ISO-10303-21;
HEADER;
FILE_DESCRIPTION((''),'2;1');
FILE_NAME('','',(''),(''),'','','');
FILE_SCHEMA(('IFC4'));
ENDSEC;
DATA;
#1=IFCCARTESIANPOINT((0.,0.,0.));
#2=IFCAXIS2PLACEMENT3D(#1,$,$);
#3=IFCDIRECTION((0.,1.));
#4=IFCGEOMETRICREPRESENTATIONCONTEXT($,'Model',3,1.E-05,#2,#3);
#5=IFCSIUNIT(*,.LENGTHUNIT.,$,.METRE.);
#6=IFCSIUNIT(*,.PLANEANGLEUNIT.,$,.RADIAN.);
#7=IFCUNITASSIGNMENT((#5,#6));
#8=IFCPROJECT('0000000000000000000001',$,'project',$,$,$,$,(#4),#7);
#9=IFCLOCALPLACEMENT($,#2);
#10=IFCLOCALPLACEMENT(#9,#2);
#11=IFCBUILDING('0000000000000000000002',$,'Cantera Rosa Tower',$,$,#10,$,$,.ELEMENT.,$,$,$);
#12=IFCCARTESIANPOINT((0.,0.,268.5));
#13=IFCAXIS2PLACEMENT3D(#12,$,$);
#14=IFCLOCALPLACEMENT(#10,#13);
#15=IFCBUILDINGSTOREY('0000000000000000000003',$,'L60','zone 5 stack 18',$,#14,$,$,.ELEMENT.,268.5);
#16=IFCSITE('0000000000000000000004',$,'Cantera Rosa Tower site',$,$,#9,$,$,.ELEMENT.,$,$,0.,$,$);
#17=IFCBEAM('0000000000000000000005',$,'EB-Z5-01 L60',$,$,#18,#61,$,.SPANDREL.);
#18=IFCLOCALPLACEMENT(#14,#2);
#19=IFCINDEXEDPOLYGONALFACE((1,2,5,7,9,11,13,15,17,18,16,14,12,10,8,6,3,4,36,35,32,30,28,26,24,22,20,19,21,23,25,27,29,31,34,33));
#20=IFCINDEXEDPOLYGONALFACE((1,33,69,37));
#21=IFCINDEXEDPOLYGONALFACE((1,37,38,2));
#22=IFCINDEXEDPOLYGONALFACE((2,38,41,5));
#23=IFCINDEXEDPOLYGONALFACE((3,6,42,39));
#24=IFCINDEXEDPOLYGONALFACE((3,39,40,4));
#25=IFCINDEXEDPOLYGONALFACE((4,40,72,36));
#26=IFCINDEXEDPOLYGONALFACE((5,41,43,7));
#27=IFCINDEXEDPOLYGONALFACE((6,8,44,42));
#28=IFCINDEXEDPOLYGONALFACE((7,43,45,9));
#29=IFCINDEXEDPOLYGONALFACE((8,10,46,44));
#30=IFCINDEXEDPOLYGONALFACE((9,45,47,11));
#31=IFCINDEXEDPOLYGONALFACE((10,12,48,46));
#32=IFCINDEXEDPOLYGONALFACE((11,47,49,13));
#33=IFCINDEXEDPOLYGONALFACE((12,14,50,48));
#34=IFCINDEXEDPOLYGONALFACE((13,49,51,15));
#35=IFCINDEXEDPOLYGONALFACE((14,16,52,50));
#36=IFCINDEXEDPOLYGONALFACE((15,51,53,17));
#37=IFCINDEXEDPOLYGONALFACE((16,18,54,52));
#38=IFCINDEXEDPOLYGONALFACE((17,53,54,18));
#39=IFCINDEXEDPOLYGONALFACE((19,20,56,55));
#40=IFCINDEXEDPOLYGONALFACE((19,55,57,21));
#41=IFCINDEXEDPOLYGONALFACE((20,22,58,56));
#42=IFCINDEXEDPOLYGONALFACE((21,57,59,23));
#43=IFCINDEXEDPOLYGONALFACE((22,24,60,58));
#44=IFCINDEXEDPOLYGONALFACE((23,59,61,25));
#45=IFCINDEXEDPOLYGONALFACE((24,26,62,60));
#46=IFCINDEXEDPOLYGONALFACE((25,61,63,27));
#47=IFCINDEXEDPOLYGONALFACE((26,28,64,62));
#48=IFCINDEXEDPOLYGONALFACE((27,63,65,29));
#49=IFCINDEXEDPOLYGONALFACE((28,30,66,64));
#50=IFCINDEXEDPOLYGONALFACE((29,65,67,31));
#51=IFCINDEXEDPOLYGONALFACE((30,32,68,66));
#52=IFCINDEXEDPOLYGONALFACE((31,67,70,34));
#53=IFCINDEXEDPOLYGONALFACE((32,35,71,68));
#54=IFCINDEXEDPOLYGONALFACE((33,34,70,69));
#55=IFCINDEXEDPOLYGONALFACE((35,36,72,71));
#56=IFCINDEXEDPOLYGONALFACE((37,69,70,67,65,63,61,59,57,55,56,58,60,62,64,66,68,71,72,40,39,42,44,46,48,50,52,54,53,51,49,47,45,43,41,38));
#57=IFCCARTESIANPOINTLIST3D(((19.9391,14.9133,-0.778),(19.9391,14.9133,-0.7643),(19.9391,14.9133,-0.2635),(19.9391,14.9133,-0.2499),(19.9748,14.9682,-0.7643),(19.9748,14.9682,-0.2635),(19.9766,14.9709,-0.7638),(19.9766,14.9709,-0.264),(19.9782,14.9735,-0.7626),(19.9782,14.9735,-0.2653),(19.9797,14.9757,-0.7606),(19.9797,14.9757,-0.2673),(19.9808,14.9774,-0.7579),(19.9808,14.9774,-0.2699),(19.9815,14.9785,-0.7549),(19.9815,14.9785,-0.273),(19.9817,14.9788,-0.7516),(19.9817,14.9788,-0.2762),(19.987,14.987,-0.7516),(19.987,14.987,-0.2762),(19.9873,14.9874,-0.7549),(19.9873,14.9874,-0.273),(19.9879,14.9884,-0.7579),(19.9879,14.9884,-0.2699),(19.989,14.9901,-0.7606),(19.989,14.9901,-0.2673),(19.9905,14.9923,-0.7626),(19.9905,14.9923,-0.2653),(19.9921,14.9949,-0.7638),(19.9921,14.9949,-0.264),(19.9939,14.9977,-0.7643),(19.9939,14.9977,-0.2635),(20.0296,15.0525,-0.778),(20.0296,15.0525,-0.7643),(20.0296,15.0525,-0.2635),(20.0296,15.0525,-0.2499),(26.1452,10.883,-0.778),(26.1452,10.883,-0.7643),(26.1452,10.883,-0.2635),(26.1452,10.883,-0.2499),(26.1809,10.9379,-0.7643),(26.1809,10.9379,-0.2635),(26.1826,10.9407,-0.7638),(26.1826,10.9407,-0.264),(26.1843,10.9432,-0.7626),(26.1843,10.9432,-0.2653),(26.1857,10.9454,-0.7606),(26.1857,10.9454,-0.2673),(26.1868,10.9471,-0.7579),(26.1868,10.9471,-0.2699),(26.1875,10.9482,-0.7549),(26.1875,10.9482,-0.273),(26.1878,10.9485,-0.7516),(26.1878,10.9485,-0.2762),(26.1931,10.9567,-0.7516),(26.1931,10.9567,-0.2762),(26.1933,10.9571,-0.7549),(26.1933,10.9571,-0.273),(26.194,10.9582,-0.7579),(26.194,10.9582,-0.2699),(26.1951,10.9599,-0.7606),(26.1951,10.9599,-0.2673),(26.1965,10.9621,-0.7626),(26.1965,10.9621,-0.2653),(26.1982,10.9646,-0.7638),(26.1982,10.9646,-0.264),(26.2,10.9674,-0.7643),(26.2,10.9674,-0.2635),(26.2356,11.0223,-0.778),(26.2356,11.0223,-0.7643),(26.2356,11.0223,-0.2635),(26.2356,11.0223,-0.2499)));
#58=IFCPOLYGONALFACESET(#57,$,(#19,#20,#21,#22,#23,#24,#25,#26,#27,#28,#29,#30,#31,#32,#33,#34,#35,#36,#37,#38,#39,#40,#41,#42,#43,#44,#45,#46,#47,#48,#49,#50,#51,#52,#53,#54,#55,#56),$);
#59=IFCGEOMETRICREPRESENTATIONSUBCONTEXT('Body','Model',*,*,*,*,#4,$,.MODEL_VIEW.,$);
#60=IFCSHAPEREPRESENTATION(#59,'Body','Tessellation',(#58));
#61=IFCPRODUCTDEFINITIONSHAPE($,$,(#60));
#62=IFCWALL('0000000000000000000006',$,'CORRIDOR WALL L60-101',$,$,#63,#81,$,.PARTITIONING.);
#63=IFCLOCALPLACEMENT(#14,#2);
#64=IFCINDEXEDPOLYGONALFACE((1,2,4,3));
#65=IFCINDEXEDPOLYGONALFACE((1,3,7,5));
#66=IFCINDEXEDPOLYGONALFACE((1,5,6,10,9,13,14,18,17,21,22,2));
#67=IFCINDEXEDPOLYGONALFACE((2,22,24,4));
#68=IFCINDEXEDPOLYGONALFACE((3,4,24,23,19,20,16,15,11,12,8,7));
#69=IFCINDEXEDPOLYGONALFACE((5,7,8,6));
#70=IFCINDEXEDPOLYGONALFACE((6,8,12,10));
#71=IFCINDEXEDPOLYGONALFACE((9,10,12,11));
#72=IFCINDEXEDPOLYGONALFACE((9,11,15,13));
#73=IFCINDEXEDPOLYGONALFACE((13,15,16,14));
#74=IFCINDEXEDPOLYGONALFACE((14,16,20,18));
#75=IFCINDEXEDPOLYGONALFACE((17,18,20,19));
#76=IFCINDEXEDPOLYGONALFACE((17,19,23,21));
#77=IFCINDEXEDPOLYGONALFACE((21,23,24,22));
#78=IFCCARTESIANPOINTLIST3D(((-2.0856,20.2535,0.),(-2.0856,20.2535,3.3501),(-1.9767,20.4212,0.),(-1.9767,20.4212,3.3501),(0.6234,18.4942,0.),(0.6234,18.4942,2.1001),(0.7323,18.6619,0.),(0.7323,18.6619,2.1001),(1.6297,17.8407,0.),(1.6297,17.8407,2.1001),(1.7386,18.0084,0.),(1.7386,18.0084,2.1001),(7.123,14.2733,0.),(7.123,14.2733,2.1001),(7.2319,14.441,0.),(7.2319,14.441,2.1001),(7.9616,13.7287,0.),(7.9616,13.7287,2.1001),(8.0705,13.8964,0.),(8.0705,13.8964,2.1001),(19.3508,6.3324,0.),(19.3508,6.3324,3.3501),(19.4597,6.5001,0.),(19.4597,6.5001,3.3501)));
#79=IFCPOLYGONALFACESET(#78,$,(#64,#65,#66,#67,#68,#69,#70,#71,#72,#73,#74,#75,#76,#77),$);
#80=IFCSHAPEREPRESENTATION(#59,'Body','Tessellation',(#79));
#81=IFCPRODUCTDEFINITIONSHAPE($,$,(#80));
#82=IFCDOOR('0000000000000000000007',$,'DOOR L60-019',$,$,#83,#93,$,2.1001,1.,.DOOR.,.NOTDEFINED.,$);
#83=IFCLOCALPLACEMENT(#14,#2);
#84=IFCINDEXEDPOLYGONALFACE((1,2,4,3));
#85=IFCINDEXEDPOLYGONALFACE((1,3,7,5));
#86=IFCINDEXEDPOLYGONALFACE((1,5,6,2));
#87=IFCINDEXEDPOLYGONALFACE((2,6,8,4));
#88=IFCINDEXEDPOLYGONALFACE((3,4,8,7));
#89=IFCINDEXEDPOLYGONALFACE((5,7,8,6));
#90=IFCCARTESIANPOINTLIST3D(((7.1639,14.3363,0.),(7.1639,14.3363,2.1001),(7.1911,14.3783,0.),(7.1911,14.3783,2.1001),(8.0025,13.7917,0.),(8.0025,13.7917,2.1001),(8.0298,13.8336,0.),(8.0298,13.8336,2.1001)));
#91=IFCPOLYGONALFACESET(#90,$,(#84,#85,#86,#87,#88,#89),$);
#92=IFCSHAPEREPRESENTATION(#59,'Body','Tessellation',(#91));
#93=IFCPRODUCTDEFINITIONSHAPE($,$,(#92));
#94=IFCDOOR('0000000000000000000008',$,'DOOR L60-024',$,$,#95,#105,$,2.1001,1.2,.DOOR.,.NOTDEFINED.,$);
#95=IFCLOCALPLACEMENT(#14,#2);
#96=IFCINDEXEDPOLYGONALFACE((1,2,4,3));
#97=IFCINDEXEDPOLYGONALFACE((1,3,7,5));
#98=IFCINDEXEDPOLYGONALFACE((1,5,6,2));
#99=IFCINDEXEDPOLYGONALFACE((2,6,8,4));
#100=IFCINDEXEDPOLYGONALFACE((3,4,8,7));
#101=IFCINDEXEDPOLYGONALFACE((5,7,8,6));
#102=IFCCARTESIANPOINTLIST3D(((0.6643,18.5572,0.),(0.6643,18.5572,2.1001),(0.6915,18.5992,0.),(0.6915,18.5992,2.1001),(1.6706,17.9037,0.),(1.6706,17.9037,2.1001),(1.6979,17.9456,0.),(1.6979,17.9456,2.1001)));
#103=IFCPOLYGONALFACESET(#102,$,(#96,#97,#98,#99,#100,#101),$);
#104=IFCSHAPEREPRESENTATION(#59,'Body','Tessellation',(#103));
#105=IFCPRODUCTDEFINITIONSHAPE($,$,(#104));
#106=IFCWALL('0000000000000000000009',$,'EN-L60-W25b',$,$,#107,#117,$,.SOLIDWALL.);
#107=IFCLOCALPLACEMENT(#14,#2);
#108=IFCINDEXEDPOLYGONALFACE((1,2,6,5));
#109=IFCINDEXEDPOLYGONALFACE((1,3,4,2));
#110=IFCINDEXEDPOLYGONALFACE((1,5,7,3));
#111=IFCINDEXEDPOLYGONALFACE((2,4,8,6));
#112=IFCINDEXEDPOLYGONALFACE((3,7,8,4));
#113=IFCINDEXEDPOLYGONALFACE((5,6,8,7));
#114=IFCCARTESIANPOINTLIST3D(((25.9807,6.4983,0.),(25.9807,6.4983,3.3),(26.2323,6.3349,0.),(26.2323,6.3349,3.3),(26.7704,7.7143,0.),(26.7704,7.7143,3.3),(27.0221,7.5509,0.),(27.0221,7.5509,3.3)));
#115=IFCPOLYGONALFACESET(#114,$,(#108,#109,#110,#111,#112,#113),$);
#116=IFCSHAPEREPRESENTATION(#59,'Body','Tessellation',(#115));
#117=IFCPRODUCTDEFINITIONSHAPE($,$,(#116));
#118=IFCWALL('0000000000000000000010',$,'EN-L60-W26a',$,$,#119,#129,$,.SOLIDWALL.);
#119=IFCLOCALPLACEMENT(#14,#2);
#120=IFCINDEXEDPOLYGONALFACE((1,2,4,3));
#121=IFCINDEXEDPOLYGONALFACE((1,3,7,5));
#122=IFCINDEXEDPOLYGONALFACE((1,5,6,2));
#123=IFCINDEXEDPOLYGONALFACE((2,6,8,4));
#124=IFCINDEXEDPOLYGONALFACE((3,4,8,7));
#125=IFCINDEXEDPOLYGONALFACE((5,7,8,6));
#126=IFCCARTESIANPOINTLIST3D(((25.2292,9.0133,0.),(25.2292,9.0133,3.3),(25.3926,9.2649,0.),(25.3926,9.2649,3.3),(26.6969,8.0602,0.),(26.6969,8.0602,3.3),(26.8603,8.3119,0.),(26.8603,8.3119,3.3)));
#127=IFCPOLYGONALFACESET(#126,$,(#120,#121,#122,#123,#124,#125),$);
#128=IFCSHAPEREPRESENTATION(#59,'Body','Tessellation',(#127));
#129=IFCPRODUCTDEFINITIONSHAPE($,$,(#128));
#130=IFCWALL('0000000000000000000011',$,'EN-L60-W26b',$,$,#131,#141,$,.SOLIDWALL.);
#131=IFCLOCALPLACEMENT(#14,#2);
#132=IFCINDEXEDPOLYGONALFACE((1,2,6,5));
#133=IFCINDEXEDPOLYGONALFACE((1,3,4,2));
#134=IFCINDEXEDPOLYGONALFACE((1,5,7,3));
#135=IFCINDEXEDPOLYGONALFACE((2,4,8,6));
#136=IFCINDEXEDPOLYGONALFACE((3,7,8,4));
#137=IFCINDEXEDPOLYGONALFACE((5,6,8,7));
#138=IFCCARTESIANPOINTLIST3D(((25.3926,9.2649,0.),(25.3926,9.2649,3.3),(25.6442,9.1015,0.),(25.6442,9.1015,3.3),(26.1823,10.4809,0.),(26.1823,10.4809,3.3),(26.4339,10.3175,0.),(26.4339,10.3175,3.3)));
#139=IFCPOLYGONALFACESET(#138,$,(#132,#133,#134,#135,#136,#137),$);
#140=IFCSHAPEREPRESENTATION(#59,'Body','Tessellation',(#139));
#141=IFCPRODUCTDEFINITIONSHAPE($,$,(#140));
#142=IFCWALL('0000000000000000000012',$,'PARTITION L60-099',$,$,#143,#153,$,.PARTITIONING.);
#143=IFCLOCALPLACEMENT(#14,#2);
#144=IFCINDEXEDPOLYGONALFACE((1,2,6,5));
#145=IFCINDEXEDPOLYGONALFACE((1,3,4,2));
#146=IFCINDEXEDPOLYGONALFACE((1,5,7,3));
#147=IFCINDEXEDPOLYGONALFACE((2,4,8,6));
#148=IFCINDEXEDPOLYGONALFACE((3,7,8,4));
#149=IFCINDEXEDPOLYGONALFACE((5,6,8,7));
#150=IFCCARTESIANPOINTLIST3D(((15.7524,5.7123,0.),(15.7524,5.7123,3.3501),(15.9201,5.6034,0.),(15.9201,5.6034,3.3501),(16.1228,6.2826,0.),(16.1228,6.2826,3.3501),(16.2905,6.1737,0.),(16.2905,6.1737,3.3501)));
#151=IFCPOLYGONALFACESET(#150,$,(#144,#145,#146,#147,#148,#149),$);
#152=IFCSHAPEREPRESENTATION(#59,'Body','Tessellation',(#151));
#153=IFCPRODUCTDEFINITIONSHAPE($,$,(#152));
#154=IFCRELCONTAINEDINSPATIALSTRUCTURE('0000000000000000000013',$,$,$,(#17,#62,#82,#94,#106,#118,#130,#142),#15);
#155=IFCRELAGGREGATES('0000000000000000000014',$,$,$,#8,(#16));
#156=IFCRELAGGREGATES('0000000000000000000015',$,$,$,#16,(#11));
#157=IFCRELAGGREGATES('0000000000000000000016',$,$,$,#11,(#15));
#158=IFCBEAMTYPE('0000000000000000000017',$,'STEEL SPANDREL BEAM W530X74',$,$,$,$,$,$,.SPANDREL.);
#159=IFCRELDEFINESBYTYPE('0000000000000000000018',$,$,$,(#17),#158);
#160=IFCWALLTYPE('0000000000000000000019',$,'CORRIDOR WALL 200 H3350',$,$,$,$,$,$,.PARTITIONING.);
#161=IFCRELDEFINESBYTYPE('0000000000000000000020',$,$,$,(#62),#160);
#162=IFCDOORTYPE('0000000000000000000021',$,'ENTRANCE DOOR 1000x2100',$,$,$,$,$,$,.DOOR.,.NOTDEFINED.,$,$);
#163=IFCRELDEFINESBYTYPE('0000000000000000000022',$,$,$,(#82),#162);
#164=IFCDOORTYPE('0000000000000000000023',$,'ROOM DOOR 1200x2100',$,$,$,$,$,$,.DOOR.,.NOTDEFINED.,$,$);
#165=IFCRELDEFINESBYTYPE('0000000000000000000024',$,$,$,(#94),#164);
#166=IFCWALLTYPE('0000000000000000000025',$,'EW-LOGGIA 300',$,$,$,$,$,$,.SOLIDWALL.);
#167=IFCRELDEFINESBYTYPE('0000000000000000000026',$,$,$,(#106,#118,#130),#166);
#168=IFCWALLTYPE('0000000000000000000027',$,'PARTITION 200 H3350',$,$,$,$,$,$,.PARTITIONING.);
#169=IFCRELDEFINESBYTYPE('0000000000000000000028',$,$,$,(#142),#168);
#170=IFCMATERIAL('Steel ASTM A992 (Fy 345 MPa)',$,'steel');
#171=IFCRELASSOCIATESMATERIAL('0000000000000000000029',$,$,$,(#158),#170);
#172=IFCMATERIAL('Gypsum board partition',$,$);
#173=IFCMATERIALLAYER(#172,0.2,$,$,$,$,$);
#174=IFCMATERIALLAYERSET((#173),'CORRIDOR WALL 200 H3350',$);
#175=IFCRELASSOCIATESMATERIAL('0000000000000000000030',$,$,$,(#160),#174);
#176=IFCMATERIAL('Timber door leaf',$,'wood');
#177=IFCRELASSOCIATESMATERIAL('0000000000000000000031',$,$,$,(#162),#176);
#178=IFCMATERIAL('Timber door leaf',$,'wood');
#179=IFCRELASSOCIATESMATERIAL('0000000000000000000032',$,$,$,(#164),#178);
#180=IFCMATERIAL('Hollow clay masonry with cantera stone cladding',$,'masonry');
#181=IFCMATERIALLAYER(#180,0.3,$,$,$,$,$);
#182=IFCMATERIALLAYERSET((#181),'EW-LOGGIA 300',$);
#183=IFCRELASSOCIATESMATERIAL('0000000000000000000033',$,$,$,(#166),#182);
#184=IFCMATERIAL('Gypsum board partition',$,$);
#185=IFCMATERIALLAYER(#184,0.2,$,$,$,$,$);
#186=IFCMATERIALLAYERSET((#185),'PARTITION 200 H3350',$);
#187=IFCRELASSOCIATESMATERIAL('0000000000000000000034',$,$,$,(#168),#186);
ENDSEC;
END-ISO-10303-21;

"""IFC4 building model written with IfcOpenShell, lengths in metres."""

from ifc_helpers import new_model, si_unit, direction, frame, frame_2d, origin, origin_2d, place, context, subcontext, project, spatial, rectangle, i_section, extrude, material, layer, layer_set, material_profile, profile_set, type_object, element, fill, save


model = new_model("IFC4")

# Units and contexts
model_context = context("Model", 3, precision=1e-05, world=origin(), true_north=direction((0.0, 1.0)))
body_context = subcontext(model_context, "Body", "Model", "MODEL_VIEW")
ifc_project = project(units=[si_unit("LENGTHUNIT", "METRE"), si_unit("PLANEANGLEUNIT", "RADIAN")], contexts=[model_context])

# Site, building, storey
site_placement = place(None, origin())
site = spatial("IfcSite", under=ifc_project, at=site_placement, Name="Cantera Rosa Tower site", CompositionType="ELEMENT", RefElevation=0.0)
building_placement = place(site_placement, origin())
building = spatial("IfcBuilding", under=site, at=building_placement, Name="Cantera Rosa Tower", CompositionType="ELEMENT")
storey_placement = place(building_placement, frame((0.0, 0.0, 268.5)))
storey = spatial("IfcBuildingStorey", under=building, at=storey_placement, Name="L60", Description="zone 5 stack 18", CompositionType="ELEMENT", Elevation=268.5)

# Beam
ifc_material_1 = material(Name="Steel ASTM A992 (Fy 345 MPa)", Category="steel")
ifc_material_profile_1 = material_profile(ifc_material_1, i_section(OverallWidth=0.166, OverallDepth=0.5281, WebThickness=0.0098, FlangeThickness=0.0137, FilletRadius=0.0127, at=origin_2d()), Name="W530X74")
ifc_profile_set_1 = profile_set([ifc_material_profile_1], Name="Steel ASTM A992 (Fy 345 MPa)")
beam_type_1 = type_object("IfcBeamType", Name="STEEL SPANDREL BEAM W530X74", PredefinedType="SPANDREL", material=ifc_profile_set_1)
beam_1_placement = place(storey_placement, frame((26.1904, 10.9526, -0.5139), z_axis=(-0.83867, 0.54464, 0.0), x_axis=(-0.54464, -0.83867, 0.0)))
element("IfcBeam", 1, at=beam_1_placement, inside=storey, type_object=beam_type_1, Name="EB-Z5-01 L60", PredefinedType="SPANDREL", context=body_context, shape_type="SweptSolid", body=[
    extrude(i_section(OverallWidth=0.166, OverallDepth=0.5281, WebThickness=0.0098, FlangeThickness=0.0137, FilletRadius=0.0127, at=origin_2d()), origin(), (0.0, 0.0, 1.0), 7.3999),
])

# Wall, openings, doors
ifc_material_2 = material(Name="Gypsum board partition")
ifc_layer_1 = layer(ifc_material_2, 0.2)
ifc_layer_set_1 = layer_set([ifc_layer_1], Name="CORRIDOR WALL 200 H3350")
wall_type_1 = type_object("IfcWallType", Name="CORRIDOR WALL 200 H3350", PredefinedType="PARTITIONING", material=ifc_layer_set_1)
wall_1_placement = place(storey_placement, frame((19.4053, 6.4163, 0.0), z_axis=(0.0, 0.0, 1.0), x_axis=(-0.838669, 0.544642, 0.0)))
wall_1 = element("IfcWall", 2, at=wall_1_placement, inside=storey, type_object=wall_type_1, Name="CORRIDOR WALL L60-101", PredefinedType="PARTITIONING", context=body_context, shape_type="SweptSolid", body=[
    extrude(rectangle(XDim=25.5601, YDim=0.2, at=frame_2d((12.78, 0.0))), origin(), (0.0, 0.0, 1.0), 3.3501),
])
opening_1_placement = place(wall_1_placement, frame((13.5801, 0.0, 0.0)))
opening_1 = element("IfcOpeningElement", 3, at=opening_1_placement, cuts=wall_1, PredefinedType="OPENING", context=body_context, shape_type="SweptSolid", body=[
    extrude(rectangle(XDim=1.0, YDim=2.1001, at=frame_2d((0.5, 1.05))), frame((0.0, 0.1099, 0.0), z_axis=(0.0, -1.0, 0.0), x_axis=(1.0, 0.0, 0.0)), (0.0, 0.0, 1.0), 0.22),
])
opening_2_placement = place(wall_1_placement, frame((21.1299, 0.0, 0.0)))
opening_2 = element("IfcOpeningElement", 4, at=opening_2_placement, cuts=wall_1, PredefinedType="OPENING", context=body_context, shape_type="SweptSolid", body=[
    extrude(rectangle(XDim=1.2, YDim=2.1001, at=frame_2d((0.6001, 1.05))), frame((0.0, 0.1099, 0.0), z_axis=(0.0, -1.0, 0.0), x_axis=(1.0, 0.0, 0.0)), (0.0, 0.0, 1.0), 0.22),
])
ifc_material_3 = material(Name="Timber door leaf", Category="wood")
door_type_1 = type_object("IfcDoorType", Name="ENTRANCE DOOR 1000x2100", OperationType="NOTDEFINED", PredefinedType="DOOR", material=ifc_material_3)
door_1_placement = place(opening_1_placement, origin())
door_1 = element("IfcDoor", 5, at=door_1_placement, inside=storey, type_object=door_type_1, Name="DOOR L60-019", OperationType="NOTDEFINED", OverallHeight=2.1001, OverallWidth=1.0, PredefinedType="DOOR", context=body_context, shape_type="SweptSolid", body=[
    extrude(rectangle(XDim=1.0, YDim=2.1001, at=frame_2d((0.5, 1.05))), frame((0.0, 0.0249, 0.0), z_axis=(0.0, -1.0, 0.0), x_axis=(1.0, 0.0, 0.0)), (0.0, 0.0, 1.0), 0.05),
])
fill(opening_1, door_1)
ifc_material_4 = material(Name="Timber door leaf", Category="wood")
door_type_2 = type_object("IfcDoorType", Name="ROOM DOOR 1200x2100", OperationType="NOTDEFINED", PredefinedType="DOOR", material=ifc_material_4)
door_2_placement = place(opening_2_placement, origin())
door_2 = element("IfcDoor", 6, at=door_2_placement, inside=storey, type_object=door_type_2, Name="DOOR L60-024", OperationType="NOTDEFINED", OverallHeight=2.1001, OverallWidth=1.2, PredefinedType="DOOR", context=body_context, shape_type="SweptSolid", body=[
    extrude(rectangle(XDim=1.2, YDim=2.1001, at=frame_2d((0.6001, 1.05))), frame((0.0, 0.0249, 0.0), z_axis=(0.0, -1.0, 0.0), x_axis=(1.0, 0.0, 0.0)), (0.0, 0.0, 1.0), 0.05),
])
fill(opening_2, door_2)

# Walls
ifc_material_5 = material(Name="Hollow clay masonry with cantera stone cladding", Category="masonry")
ifc_layer_2 = layer(ifc_material_5, 0.3)
ifc_layer_set_2 = layer_set([ifc_layer_2], Name="EW-LOGGIA 300")
wall_type_2 = type_object("IfcWallType", Name="EW-LOGGIA 300", PredefinedType="SOLIDWALL", material=ifc_layer_set_2)
wall_2_placement = place(storey_placement, frame((26.1064, 6.4165, 0.0), z_axis=(0.0, 0.0, 1.0), x_axis=(0.544675, 0.838647, 0.0)))
element("IfcWall", 7, at=wall_2_placement, inside=storey, type_object=wall_type_2, Name="EN-L60-W25b", PredefinedType="SOLIDWALL", context=body_context, shape_type="SweptSolid", body=[
    extrude(rectangle(XDim=1.45, YDim=0.3, at=frame_2d((0.7251, 0.0))), origin(), (0.0, 0.0, 1.0), 3.3),
])
wall_3_placement = place(storey_placement, frame((26.7786, 8.186, 0.0), z_axis=(0.0, 0.0, 1.0), x_axis=(-0.838686, 0.544616, 0.0)))
element("IfcWall", 8, at=wall_3_placement, inside=storey, type_object=wall_type_2, Name="EN-L60-W26a", PredefinedType="SOLIDWALL", context=body_context, shape_type="SweptSolid", body=[
    extrude(rectangle(XDim=1.75, YDim=0.3, at=frame_2d((0.875, 0.0))), origin(), (0.0, 0.0, 1.0), 3.3),
])
wall_4_placement = place(storey_placement, frame((25.5183, 9.1831, 0.0), z_axis=(0.0, 0.0, 1.0), x_axis=(0.544675, 0.838647, 0.0)))
element("IfcWall", 9, at=wall_4_placement, inside=storey, type_object=wall_type_2, Name="EN-L60-W26b", PredefinedType="SOLIDWALL", context=body_context, shape_type="SweptSolid", body=[
    extrude(rectangle(XDim=1.45, YDim=0.3, at=frame_2d((0.7251, 0.0))), origin(), (0.0, 0.0, 1.0), 3.3),
])
ifc_material_6 = material(Name="Gypsum board partition")
ifc_layer_3 = layer(ifc_material_6, 0.2)
ifc_layer_set_3 = layer_set([ifc_layer_3], Name="PARTITION 200 H3350")
wall_type_3 = type_object("IfcWallType", Name="PARTITION 200 H3350", PredefinedType="PARTITIONING", material=ifc_layer_set_3)
wall_5_placement = place(storey_placement, frame((16.2065, 6.228, 0.0), z_axis=(0.0, 0.0, 1.0), x_axis=(-0.544635, -0.838673, 0.0)))
element("IfcWall", 10, at=wall_5_placement, inside=storey, type_object=wall_type_3, Name="PARTITION L60-099", PredefinedType="PARTITIONING", context=body_context, shape_type="SweptSolid", body=[
    extrude(rectangle(XDim=0.6799, YDim=0.2, at=frame_2d((0.3398, 0.0))), origin(), (0.0, 0.0, 1.0), 3.3501),
])

save(model, "model.ifc")
